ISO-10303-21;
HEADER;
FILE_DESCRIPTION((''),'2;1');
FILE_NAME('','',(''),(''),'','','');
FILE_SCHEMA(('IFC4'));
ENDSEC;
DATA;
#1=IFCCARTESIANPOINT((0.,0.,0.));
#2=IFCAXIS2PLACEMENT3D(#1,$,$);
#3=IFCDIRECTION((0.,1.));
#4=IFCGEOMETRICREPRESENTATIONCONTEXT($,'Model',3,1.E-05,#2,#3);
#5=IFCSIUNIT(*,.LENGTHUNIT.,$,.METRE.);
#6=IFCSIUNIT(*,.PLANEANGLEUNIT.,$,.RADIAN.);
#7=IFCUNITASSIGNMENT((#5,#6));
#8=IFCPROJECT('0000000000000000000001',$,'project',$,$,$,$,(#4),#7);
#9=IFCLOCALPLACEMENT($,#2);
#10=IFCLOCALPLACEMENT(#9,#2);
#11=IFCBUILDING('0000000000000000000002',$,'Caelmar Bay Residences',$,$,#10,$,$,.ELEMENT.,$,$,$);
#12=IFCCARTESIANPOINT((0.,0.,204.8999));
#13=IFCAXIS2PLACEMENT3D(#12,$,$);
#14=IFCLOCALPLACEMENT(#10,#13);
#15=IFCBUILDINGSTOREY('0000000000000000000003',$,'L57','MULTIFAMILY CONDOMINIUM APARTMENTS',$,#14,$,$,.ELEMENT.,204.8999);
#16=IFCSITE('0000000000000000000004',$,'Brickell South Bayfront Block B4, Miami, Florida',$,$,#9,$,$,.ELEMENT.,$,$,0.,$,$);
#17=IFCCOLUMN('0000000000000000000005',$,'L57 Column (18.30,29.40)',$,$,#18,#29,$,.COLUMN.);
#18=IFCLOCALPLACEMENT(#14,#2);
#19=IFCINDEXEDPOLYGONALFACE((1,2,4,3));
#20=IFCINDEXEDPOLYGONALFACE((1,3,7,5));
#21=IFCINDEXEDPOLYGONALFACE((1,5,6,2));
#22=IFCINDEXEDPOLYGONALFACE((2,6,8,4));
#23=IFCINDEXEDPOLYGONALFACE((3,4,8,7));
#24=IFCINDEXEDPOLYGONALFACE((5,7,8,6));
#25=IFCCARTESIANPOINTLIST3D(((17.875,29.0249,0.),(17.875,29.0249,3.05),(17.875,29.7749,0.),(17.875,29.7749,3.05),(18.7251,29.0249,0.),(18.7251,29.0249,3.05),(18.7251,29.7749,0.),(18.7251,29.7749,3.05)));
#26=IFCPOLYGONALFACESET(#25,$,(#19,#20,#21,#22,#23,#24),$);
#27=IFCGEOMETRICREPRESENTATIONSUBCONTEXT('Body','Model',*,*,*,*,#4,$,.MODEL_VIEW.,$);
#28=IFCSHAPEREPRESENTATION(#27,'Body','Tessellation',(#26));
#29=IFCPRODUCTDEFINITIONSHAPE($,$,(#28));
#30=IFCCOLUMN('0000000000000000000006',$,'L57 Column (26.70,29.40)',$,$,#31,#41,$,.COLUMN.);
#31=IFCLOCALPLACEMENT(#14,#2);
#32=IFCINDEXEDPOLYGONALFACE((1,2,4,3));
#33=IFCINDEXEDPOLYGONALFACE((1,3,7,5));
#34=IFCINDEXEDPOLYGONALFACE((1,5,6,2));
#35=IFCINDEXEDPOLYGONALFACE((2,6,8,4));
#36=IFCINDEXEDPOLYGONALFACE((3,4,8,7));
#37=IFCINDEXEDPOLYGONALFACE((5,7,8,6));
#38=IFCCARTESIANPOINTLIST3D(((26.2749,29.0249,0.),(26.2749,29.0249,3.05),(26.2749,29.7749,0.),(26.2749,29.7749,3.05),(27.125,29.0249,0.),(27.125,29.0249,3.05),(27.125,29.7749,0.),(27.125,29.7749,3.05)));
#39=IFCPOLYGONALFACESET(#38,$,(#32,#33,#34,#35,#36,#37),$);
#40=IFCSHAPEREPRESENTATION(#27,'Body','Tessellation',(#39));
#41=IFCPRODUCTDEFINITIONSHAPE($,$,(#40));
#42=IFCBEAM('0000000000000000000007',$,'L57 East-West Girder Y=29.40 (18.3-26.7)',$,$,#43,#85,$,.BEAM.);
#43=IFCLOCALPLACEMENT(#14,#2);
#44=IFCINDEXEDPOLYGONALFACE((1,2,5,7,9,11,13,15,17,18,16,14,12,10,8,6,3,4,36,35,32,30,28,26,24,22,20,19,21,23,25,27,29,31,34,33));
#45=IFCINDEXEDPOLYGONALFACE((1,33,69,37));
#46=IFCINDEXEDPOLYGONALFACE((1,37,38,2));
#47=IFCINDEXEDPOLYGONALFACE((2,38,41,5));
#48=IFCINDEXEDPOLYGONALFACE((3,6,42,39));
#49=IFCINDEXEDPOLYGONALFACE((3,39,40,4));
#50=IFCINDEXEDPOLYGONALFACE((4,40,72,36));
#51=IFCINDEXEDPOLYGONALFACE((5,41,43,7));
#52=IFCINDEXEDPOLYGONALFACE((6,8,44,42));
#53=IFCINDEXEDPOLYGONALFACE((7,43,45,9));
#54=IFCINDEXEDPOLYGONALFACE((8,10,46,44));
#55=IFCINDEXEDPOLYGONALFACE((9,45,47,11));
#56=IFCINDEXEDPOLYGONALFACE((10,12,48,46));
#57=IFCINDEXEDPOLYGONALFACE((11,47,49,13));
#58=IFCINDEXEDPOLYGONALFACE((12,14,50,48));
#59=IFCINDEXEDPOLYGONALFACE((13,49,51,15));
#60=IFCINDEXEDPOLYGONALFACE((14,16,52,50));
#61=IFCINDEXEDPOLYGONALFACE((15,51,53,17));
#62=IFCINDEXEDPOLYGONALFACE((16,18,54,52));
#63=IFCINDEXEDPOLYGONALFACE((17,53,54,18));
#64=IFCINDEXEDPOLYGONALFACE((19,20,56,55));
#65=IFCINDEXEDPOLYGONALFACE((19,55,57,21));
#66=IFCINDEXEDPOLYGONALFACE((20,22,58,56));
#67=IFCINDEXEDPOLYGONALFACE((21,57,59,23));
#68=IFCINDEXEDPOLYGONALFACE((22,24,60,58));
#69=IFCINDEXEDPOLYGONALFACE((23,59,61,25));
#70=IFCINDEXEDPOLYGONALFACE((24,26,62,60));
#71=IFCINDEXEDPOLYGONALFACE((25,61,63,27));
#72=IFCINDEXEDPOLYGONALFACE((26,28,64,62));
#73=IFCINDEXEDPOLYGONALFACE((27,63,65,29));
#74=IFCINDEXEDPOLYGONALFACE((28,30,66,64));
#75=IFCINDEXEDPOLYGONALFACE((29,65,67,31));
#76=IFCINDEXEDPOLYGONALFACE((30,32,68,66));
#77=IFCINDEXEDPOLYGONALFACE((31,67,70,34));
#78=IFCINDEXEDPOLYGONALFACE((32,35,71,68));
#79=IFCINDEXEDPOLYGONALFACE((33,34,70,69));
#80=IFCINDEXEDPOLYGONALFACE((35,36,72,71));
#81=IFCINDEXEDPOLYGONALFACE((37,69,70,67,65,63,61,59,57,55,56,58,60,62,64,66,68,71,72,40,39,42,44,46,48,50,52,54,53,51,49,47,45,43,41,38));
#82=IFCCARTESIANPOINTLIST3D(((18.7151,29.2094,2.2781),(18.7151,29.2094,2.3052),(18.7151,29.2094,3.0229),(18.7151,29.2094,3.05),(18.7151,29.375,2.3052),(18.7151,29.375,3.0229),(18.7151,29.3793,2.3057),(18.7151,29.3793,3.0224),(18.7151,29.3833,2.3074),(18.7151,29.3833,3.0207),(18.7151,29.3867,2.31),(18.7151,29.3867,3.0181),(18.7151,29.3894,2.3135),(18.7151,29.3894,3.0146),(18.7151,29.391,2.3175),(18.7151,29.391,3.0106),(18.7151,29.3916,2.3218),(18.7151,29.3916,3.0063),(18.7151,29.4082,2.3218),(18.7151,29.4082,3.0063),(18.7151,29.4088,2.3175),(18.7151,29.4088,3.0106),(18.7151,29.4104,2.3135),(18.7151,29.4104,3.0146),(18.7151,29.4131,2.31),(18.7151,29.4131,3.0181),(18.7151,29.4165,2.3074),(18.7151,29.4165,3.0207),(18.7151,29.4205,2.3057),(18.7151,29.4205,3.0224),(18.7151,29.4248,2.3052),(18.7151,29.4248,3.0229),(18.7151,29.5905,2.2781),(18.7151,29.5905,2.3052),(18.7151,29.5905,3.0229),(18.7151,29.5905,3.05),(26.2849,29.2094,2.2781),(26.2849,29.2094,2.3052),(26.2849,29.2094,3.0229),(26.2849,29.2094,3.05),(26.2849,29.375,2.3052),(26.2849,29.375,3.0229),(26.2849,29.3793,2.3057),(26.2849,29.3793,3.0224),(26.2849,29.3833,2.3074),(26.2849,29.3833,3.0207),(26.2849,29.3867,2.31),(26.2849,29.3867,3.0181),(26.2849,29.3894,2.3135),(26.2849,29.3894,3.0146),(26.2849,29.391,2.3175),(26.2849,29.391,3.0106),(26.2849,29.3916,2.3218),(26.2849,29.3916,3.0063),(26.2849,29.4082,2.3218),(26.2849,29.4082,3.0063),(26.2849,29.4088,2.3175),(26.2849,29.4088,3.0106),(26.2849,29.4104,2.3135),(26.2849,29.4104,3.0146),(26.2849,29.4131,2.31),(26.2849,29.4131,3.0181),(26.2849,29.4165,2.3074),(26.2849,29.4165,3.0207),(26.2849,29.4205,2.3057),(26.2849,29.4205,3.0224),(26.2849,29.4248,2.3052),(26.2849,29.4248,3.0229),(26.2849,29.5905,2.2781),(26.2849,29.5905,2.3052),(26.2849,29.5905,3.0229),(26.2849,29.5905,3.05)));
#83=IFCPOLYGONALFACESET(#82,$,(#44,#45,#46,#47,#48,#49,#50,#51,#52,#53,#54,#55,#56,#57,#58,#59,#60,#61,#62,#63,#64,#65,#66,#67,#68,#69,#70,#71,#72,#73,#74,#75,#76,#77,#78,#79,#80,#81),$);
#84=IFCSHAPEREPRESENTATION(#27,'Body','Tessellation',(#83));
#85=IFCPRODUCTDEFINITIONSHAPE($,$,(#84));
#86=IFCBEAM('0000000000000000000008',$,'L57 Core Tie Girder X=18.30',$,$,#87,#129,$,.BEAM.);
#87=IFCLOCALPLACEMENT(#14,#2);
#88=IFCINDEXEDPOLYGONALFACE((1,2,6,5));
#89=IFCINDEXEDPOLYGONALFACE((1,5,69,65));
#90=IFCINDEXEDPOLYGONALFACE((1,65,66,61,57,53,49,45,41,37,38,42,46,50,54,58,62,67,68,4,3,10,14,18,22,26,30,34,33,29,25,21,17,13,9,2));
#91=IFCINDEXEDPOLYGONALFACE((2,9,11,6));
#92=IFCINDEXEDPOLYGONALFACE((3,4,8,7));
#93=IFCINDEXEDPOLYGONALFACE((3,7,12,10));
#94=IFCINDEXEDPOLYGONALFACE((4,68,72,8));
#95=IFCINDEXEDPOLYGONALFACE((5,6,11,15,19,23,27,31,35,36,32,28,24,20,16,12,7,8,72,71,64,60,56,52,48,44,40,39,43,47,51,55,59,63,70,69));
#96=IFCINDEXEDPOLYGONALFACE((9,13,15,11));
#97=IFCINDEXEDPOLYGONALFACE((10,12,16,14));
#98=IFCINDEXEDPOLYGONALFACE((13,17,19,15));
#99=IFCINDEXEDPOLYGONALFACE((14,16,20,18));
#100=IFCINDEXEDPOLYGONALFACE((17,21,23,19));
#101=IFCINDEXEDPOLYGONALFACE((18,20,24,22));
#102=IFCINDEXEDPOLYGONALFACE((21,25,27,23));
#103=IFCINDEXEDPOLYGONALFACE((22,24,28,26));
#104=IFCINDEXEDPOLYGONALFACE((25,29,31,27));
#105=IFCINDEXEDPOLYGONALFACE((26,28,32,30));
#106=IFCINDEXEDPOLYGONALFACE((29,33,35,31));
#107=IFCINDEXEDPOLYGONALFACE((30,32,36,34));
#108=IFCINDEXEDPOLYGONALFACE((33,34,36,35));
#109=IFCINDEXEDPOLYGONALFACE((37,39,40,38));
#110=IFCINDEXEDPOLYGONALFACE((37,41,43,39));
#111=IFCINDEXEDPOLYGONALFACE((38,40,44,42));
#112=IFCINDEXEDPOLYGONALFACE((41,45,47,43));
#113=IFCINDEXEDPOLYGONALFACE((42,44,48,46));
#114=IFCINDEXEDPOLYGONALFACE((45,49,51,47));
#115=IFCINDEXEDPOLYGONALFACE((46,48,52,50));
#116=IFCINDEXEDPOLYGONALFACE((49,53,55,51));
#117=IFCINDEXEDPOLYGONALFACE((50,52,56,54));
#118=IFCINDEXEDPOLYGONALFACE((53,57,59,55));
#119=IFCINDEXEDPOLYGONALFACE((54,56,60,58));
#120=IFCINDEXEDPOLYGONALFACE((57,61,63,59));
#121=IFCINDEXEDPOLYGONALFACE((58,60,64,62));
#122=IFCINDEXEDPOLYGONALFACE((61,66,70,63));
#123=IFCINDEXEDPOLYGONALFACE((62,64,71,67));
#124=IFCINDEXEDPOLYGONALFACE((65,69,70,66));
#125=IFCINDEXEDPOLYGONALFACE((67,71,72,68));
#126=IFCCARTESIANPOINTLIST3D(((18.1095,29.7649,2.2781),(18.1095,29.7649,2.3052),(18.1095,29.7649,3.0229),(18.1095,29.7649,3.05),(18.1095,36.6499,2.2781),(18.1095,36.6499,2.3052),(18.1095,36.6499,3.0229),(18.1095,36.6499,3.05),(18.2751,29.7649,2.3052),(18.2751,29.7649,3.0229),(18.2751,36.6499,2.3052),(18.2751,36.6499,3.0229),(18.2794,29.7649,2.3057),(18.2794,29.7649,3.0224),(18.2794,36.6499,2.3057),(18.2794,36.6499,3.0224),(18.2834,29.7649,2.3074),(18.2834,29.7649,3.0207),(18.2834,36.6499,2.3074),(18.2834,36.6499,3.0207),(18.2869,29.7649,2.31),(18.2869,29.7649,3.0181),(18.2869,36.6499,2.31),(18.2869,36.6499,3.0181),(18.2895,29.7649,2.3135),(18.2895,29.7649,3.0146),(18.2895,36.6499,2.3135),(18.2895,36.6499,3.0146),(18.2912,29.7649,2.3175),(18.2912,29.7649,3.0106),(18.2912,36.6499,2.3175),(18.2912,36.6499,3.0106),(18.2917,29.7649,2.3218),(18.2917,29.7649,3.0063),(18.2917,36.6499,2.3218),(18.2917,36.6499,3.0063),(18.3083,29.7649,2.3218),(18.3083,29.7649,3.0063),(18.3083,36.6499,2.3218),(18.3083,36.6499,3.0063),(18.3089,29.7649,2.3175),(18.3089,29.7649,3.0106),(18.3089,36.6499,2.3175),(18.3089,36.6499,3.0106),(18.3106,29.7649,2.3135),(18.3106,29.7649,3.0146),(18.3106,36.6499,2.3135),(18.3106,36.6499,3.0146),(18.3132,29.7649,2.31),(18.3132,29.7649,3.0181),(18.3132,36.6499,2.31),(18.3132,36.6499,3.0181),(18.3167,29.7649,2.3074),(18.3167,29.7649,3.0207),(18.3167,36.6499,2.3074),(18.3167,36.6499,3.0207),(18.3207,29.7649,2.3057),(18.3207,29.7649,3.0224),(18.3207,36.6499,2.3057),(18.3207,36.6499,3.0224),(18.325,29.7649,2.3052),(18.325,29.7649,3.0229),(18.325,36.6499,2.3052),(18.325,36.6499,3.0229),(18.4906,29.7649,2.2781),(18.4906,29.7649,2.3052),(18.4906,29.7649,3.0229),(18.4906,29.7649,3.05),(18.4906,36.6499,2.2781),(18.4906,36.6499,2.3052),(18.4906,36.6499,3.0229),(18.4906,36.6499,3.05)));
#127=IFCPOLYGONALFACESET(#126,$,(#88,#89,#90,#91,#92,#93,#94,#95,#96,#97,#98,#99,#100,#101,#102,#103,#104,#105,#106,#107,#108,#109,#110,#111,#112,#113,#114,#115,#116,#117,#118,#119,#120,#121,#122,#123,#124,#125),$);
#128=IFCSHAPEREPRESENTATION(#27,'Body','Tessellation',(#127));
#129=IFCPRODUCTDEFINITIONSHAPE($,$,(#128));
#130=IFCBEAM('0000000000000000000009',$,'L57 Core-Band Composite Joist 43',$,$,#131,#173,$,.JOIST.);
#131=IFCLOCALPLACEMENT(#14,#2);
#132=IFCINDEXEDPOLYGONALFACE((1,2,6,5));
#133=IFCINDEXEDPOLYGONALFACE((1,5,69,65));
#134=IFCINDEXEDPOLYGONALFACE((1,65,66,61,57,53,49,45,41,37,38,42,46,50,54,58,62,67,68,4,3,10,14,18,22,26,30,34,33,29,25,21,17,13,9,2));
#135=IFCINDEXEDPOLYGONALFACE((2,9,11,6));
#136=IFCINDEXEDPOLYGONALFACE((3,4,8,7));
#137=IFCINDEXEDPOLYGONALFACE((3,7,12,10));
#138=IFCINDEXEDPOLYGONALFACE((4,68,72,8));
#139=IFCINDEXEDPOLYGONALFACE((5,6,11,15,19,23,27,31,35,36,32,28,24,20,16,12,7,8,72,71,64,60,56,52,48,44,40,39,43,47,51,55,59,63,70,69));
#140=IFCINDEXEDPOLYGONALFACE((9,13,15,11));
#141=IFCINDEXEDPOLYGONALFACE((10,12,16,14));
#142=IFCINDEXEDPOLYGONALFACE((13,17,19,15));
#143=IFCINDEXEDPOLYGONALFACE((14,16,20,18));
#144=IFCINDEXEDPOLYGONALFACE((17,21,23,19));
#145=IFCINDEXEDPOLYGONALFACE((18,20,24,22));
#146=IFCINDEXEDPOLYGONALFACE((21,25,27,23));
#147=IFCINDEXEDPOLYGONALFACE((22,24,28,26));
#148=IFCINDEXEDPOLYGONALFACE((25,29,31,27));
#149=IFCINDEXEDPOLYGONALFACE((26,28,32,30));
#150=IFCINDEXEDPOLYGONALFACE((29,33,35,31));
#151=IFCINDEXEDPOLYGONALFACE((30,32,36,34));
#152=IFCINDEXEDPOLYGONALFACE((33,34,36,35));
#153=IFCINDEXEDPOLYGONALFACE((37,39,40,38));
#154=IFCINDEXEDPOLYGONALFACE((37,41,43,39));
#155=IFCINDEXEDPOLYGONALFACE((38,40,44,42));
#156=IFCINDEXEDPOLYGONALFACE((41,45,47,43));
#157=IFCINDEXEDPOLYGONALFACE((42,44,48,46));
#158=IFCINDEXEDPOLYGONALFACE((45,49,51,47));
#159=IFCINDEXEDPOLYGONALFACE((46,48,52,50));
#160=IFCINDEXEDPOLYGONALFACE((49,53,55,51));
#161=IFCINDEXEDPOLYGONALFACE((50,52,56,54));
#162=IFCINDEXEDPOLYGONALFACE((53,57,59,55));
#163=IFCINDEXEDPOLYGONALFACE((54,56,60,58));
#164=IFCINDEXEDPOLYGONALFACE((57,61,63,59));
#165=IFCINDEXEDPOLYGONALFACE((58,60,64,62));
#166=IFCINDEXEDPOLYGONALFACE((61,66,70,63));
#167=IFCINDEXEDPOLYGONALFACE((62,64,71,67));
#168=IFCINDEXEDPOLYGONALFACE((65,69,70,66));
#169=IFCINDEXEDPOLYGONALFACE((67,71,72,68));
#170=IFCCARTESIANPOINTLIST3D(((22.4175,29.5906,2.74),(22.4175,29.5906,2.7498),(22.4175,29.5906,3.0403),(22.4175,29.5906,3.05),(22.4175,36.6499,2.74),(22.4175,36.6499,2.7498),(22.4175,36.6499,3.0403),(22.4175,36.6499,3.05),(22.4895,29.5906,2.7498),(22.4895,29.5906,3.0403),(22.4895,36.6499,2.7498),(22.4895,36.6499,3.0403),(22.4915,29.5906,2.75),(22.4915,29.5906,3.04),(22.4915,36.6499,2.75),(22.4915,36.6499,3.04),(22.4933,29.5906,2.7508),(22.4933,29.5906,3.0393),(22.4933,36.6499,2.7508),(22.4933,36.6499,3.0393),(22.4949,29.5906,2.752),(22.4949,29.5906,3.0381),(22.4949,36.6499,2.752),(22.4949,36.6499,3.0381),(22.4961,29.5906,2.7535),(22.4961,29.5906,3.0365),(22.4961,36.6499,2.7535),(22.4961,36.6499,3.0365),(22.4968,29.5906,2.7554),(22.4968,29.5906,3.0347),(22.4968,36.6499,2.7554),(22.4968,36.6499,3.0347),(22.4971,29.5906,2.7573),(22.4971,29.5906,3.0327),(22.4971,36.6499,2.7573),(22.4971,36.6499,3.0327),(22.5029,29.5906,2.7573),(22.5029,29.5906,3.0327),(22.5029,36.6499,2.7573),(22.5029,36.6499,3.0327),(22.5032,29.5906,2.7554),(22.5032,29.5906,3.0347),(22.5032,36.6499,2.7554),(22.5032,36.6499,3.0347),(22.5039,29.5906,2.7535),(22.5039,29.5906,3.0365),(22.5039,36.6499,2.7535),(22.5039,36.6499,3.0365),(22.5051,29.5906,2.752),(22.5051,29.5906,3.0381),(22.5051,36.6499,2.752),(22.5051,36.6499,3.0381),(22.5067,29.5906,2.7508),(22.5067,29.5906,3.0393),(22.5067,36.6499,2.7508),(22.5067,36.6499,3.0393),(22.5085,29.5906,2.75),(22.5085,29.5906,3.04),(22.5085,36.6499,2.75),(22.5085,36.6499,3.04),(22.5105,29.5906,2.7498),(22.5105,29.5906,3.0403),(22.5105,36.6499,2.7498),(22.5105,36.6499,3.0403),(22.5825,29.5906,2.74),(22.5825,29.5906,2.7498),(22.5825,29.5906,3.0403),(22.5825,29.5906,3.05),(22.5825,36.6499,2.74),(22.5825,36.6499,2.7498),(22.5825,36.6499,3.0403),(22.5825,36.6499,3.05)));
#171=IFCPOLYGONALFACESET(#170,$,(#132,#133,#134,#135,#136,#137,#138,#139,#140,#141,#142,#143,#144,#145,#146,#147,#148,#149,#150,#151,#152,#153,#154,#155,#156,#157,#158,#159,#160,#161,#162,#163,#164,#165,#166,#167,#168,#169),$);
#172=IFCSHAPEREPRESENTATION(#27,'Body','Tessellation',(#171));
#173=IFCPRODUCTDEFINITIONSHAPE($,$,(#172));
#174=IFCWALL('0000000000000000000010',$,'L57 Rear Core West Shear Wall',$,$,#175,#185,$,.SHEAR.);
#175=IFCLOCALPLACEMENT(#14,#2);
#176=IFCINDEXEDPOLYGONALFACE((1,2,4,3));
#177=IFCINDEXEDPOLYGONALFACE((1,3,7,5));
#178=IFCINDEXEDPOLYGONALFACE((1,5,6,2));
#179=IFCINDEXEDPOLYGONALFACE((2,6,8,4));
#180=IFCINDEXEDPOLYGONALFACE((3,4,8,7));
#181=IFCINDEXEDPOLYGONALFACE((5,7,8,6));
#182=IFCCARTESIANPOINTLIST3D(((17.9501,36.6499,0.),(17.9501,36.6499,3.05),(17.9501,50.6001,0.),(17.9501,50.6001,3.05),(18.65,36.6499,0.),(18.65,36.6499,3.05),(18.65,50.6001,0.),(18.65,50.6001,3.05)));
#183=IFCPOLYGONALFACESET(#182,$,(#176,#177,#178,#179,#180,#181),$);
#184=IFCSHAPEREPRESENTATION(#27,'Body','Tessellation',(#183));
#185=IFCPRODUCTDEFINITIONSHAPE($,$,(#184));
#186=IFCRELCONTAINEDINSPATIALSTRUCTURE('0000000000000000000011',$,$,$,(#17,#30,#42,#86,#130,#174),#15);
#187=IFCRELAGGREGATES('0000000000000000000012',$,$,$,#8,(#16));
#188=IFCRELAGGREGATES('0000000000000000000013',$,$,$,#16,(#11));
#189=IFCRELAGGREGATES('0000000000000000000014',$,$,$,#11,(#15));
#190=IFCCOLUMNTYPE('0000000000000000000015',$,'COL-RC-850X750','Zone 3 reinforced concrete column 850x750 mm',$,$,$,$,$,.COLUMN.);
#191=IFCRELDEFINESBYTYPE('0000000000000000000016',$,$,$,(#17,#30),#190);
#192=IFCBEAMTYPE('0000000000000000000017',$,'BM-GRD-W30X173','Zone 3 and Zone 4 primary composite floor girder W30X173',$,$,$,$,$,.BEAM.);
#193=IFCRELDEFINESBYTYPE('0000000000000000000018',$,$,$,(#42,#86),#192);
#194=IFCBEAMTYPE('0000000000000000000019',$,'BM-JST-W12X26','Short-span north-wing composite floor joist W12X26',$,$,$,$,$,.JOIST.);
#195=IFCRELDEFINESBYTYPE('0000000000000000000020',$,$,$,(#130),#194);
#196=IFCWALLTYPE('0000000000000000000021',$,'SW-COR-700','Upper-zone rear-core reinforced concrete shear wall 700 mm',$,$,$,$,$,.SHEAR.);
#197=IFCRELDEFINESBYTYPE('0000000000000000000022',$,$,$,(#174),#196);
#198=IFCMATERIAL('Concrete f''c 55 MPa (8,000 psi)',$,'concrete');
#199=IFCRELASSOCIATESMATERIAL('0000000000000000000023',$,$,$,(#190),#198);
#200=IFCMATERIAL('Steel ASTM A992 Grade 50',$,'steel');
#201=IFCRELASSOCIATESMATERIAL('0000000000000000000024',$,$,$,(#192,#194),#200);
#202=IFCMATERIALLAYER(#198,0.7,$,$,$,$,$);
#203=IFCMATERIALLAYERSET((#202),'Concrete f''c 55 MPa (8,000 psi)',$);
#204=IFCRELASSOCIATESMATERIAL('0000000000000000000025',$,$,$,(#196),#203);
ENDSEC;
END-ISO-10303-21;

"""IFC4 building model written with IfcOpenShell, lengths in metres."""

from ifc_helpers import new_model, si_unit, direction, frame, frame_2d, origin, origin_2d, place, context, subcontext, project, spatial, rectangle, i_section, extrude, material, layer, layer_set, material_profile, profile_set, type_object, element, save


model = new_model("IFC4")

# Units and contexts
model_context = context("Model", 3, precision=1e-05, world=origin(), true_north=direction((0.0, 1.0)))
body_context = subcontext(model_context, "Body", "Model", "MODEL_VIEW")
ifc_project = project(units=[si_unit("LENGTHUNIT", "METRE"), si_unit("PLANEANGLEUNIT", "RADIAN")], contexts=[model_context])

# Site, building, storey
site_placement = place(None, origin())
site = spatial("IfcSite", under=ifc_project, at=site_placement, Name="Brickell South Bayfront Block B4, Miami, Florida", CompositionType="ELEMENT", RefElevation=0.0)
building_placement = place(site_placement, origin())
building = spatial("IfcBuilding", under=site, at=building_placement, Name="Caelmar Bay Residences", CompositionType="ELEMENT")
storey_placement = place(building_placement, frame((0.0, 0.0, 204.8999)))
storey = spatial("IfcBuildingStorey", under=building, at=storey_placement, Name="L57", Description="MULTIFAMILY CONDOMINIUM APARTMENTS", CompositionType="ELEMENT", Elevation=204.8999)

# Columns
ifc_material_1 = material(Name="Concrete f'c 55 MPa (8,000 psi)", Category="concrete")
ifc_material_profile_1 = material_profile(ifc_material_1, rectangle(XDim=0.8501, YDim=0.75, at=origin_2d()), Name="RC-COL-850X750")
ifc_profile_set_1 = profile_set([ifc_material_profile_1], Name="Concrete f'c 55 MPa (8,000 psi)")
column_type = type_object("IfcColumnType", Name="COL-RC-850X750", Description="Zone 3 reinforced concrete column 850x750 mm", PredefinedType="COLUMN", material=ifc_profile_set_1)
for number, where, z_axis, x_axis, name in (
    (1, (18.3, 29.3999, 0.0), (0.0, 0.0, 1.0), (1.0, 0.0, 0.0), "L57 Column (18.30,29.40)"),
    (2, (26.7, 29.3999, 0.0), (0.0, 0.0, 1.0), (1.0, 0.0, 0.0), "L57 Column (26.70,29.40)"),
):
    element("IfcColumn", number, at=place(storey_placement, frame(where, z_axis=z_axis, x_axis=x_axis)), inside=storey, type_object=column_type, Name=name, PredefinedType="COLUMN", context=body_context, shape_type="SweptSolid", body=[
        extrude(rectangle(XDim=0.8501, YDim=0.75, at=origin_2d()), origin(), (0.0, 0.0, 1.0), 3.05),
    ])

# Beams
ifc_material_2 = material(Name="Steel ASTM A992 Grade 50", Category="steel")
ifc_material_profile_2 = material_profile(ifc_material_2, i_section(OverallWidth=0.3811, OverallDepth=0.772, WebThickness=0.0166, FlangeThickness=0.0271, FilletRadius=0.0166, at=origin_2d()), Name="W30X173")
ifc_profile_set_2 = profile_set([ifc_material_profile_2], Name="Steel ASTM A992 Grade 50")
beam_type_1 = type_object("IfcBeamType", Name="BM-GRD-W30X173", Description="Zone 3 and Zone 4 primary composite floor girder W30X173", PredefinedType="BEAM", material=ifc_profile_set_2)
beam_1_placement = place(storey_placement, frame((18.7151, 29.3999, 2.6641), z_axis=(1.0, 0.0, 0.0), x_axis=(0.0, 1.0, 0.0)))
element("IfcBeam", 3, at=beam_1_placement, inside=storey, type_object=beam_type_1, Name="L57 East-West Girder Y=29.40 (18.3-26.7)", PredefinedType="BEAM", context=body_context, shape_type="SweptSolid", body=[
    extrude(i_section(OverallWidth=0.3811, OverallDepth=0.772, WebThickness=0.0166, FlangeThickness=0.0271, FilletRadius=0.0166, at=origin_2d()), origin(), (0.0, 0.0, 1.0), 7.5698),
])
beam_2_placement = place(storey_placement, frame((18.3, 29.7649, 2.6641), z_axis=(0.0, 1.0, 0.0), x_axis=(-1.0, 0.0, 0.0)))
element("IfcBeam", 4, at=beam_2_placement, inside=storey, type_object=beam_type_1, Name="L57 Core Tie Girder X=18.30", PredefinedType="BEAM", context=body_context, shape_type="SweptSolid", body=[
    extrude(i_section(OverallWidth=0.3811, OverallDepth=0.772, WebThickness=0.0166, FlangeThickness=0.0271, FilletRadius=0.0166, at=origin_2d()), origin(), (0.0, 0.0, 1.0), 6.885),
])
ifc_material_profile_3 = material_profile(ifc_material_2, i_section(OverallWidth=0.165, OverallDepth=0.3101, WebThickness=0.0059, FlangeThickness=0.0098, FilletRadius=0.0076, at=origin_2d()), Name="W12X26")
ifc_profile_set_3 = profile_set([ifc_material_profile_3], Name="Steel ASTM A992 Grade 50")
beam_type_2 = type_object("IfcBeamType", Name="BM-JST-W12X26", Description="Short-span north-wing composite floor joist W12X26", PredefinedType="JOIST", material=ifc_profile_set_3)
beam_3_placement = place(storey_placement, frame((22.5, 29.5906, 2.895), z_axis=(0.0, 1.0, 0.0), x_axis=(-1.0, 0.0, 0.0)))
element("IfcBeam", 5, at=beam_3_placement, inside=storey, type_object=beam_type_2, Name="L57 Core-Band Composite Joist 43", PredefinedType="JOIST", context=body_context, shape_type="SweptSolid", body=[
    extrude(i_section(OverallWidth=0.165, OverallDepth=0.3101, WebThickness=0.0059, FlangeThickness=0.0098, FilletRadius=0.0076, at=origin_2d()), origin(), (0.0, 0.0, 1.0), 7.0593),
])

# Shared definitions
ifc_layer_1 = layer(ifc_material_1, 0.7)
ifc_layer_set_1 = layer_set([ifc_layer_1], Name="Concrete f'c 55 MPa (8,000 psi)")
wall_type_1 = type_object("IfcWallType", Name="SW-COR-700", Description="Upper-zone rear-core reinforced concrete shear wall 700 mm", PredefinedType="SHEAR", material=ifc_layer_set_1)

# Wall
wall_1_placement = place(storey_placement, frame((18.3, 36.6499, 0.0), z_axis=(0.0, 0.0, 1.0), x_axis=(0.0, 1.0, 0.0)))
element("IfcWall", 6, at=wall_1_placement, inside=storey, type_object=wall_type_1, Name="L57 Rear Core West Shear Wall", PredefinedType="SHEAR", context=body_context, shape_type="SweptSolid", body=[
    extrude(rectangle(XDim=13.9502, YDim=0.7, at=frame_2d((6.9751, 0.0))), origin(), (0.0, 0.0, 1.0), 3.05),
])

save(model, "model.ifc")
